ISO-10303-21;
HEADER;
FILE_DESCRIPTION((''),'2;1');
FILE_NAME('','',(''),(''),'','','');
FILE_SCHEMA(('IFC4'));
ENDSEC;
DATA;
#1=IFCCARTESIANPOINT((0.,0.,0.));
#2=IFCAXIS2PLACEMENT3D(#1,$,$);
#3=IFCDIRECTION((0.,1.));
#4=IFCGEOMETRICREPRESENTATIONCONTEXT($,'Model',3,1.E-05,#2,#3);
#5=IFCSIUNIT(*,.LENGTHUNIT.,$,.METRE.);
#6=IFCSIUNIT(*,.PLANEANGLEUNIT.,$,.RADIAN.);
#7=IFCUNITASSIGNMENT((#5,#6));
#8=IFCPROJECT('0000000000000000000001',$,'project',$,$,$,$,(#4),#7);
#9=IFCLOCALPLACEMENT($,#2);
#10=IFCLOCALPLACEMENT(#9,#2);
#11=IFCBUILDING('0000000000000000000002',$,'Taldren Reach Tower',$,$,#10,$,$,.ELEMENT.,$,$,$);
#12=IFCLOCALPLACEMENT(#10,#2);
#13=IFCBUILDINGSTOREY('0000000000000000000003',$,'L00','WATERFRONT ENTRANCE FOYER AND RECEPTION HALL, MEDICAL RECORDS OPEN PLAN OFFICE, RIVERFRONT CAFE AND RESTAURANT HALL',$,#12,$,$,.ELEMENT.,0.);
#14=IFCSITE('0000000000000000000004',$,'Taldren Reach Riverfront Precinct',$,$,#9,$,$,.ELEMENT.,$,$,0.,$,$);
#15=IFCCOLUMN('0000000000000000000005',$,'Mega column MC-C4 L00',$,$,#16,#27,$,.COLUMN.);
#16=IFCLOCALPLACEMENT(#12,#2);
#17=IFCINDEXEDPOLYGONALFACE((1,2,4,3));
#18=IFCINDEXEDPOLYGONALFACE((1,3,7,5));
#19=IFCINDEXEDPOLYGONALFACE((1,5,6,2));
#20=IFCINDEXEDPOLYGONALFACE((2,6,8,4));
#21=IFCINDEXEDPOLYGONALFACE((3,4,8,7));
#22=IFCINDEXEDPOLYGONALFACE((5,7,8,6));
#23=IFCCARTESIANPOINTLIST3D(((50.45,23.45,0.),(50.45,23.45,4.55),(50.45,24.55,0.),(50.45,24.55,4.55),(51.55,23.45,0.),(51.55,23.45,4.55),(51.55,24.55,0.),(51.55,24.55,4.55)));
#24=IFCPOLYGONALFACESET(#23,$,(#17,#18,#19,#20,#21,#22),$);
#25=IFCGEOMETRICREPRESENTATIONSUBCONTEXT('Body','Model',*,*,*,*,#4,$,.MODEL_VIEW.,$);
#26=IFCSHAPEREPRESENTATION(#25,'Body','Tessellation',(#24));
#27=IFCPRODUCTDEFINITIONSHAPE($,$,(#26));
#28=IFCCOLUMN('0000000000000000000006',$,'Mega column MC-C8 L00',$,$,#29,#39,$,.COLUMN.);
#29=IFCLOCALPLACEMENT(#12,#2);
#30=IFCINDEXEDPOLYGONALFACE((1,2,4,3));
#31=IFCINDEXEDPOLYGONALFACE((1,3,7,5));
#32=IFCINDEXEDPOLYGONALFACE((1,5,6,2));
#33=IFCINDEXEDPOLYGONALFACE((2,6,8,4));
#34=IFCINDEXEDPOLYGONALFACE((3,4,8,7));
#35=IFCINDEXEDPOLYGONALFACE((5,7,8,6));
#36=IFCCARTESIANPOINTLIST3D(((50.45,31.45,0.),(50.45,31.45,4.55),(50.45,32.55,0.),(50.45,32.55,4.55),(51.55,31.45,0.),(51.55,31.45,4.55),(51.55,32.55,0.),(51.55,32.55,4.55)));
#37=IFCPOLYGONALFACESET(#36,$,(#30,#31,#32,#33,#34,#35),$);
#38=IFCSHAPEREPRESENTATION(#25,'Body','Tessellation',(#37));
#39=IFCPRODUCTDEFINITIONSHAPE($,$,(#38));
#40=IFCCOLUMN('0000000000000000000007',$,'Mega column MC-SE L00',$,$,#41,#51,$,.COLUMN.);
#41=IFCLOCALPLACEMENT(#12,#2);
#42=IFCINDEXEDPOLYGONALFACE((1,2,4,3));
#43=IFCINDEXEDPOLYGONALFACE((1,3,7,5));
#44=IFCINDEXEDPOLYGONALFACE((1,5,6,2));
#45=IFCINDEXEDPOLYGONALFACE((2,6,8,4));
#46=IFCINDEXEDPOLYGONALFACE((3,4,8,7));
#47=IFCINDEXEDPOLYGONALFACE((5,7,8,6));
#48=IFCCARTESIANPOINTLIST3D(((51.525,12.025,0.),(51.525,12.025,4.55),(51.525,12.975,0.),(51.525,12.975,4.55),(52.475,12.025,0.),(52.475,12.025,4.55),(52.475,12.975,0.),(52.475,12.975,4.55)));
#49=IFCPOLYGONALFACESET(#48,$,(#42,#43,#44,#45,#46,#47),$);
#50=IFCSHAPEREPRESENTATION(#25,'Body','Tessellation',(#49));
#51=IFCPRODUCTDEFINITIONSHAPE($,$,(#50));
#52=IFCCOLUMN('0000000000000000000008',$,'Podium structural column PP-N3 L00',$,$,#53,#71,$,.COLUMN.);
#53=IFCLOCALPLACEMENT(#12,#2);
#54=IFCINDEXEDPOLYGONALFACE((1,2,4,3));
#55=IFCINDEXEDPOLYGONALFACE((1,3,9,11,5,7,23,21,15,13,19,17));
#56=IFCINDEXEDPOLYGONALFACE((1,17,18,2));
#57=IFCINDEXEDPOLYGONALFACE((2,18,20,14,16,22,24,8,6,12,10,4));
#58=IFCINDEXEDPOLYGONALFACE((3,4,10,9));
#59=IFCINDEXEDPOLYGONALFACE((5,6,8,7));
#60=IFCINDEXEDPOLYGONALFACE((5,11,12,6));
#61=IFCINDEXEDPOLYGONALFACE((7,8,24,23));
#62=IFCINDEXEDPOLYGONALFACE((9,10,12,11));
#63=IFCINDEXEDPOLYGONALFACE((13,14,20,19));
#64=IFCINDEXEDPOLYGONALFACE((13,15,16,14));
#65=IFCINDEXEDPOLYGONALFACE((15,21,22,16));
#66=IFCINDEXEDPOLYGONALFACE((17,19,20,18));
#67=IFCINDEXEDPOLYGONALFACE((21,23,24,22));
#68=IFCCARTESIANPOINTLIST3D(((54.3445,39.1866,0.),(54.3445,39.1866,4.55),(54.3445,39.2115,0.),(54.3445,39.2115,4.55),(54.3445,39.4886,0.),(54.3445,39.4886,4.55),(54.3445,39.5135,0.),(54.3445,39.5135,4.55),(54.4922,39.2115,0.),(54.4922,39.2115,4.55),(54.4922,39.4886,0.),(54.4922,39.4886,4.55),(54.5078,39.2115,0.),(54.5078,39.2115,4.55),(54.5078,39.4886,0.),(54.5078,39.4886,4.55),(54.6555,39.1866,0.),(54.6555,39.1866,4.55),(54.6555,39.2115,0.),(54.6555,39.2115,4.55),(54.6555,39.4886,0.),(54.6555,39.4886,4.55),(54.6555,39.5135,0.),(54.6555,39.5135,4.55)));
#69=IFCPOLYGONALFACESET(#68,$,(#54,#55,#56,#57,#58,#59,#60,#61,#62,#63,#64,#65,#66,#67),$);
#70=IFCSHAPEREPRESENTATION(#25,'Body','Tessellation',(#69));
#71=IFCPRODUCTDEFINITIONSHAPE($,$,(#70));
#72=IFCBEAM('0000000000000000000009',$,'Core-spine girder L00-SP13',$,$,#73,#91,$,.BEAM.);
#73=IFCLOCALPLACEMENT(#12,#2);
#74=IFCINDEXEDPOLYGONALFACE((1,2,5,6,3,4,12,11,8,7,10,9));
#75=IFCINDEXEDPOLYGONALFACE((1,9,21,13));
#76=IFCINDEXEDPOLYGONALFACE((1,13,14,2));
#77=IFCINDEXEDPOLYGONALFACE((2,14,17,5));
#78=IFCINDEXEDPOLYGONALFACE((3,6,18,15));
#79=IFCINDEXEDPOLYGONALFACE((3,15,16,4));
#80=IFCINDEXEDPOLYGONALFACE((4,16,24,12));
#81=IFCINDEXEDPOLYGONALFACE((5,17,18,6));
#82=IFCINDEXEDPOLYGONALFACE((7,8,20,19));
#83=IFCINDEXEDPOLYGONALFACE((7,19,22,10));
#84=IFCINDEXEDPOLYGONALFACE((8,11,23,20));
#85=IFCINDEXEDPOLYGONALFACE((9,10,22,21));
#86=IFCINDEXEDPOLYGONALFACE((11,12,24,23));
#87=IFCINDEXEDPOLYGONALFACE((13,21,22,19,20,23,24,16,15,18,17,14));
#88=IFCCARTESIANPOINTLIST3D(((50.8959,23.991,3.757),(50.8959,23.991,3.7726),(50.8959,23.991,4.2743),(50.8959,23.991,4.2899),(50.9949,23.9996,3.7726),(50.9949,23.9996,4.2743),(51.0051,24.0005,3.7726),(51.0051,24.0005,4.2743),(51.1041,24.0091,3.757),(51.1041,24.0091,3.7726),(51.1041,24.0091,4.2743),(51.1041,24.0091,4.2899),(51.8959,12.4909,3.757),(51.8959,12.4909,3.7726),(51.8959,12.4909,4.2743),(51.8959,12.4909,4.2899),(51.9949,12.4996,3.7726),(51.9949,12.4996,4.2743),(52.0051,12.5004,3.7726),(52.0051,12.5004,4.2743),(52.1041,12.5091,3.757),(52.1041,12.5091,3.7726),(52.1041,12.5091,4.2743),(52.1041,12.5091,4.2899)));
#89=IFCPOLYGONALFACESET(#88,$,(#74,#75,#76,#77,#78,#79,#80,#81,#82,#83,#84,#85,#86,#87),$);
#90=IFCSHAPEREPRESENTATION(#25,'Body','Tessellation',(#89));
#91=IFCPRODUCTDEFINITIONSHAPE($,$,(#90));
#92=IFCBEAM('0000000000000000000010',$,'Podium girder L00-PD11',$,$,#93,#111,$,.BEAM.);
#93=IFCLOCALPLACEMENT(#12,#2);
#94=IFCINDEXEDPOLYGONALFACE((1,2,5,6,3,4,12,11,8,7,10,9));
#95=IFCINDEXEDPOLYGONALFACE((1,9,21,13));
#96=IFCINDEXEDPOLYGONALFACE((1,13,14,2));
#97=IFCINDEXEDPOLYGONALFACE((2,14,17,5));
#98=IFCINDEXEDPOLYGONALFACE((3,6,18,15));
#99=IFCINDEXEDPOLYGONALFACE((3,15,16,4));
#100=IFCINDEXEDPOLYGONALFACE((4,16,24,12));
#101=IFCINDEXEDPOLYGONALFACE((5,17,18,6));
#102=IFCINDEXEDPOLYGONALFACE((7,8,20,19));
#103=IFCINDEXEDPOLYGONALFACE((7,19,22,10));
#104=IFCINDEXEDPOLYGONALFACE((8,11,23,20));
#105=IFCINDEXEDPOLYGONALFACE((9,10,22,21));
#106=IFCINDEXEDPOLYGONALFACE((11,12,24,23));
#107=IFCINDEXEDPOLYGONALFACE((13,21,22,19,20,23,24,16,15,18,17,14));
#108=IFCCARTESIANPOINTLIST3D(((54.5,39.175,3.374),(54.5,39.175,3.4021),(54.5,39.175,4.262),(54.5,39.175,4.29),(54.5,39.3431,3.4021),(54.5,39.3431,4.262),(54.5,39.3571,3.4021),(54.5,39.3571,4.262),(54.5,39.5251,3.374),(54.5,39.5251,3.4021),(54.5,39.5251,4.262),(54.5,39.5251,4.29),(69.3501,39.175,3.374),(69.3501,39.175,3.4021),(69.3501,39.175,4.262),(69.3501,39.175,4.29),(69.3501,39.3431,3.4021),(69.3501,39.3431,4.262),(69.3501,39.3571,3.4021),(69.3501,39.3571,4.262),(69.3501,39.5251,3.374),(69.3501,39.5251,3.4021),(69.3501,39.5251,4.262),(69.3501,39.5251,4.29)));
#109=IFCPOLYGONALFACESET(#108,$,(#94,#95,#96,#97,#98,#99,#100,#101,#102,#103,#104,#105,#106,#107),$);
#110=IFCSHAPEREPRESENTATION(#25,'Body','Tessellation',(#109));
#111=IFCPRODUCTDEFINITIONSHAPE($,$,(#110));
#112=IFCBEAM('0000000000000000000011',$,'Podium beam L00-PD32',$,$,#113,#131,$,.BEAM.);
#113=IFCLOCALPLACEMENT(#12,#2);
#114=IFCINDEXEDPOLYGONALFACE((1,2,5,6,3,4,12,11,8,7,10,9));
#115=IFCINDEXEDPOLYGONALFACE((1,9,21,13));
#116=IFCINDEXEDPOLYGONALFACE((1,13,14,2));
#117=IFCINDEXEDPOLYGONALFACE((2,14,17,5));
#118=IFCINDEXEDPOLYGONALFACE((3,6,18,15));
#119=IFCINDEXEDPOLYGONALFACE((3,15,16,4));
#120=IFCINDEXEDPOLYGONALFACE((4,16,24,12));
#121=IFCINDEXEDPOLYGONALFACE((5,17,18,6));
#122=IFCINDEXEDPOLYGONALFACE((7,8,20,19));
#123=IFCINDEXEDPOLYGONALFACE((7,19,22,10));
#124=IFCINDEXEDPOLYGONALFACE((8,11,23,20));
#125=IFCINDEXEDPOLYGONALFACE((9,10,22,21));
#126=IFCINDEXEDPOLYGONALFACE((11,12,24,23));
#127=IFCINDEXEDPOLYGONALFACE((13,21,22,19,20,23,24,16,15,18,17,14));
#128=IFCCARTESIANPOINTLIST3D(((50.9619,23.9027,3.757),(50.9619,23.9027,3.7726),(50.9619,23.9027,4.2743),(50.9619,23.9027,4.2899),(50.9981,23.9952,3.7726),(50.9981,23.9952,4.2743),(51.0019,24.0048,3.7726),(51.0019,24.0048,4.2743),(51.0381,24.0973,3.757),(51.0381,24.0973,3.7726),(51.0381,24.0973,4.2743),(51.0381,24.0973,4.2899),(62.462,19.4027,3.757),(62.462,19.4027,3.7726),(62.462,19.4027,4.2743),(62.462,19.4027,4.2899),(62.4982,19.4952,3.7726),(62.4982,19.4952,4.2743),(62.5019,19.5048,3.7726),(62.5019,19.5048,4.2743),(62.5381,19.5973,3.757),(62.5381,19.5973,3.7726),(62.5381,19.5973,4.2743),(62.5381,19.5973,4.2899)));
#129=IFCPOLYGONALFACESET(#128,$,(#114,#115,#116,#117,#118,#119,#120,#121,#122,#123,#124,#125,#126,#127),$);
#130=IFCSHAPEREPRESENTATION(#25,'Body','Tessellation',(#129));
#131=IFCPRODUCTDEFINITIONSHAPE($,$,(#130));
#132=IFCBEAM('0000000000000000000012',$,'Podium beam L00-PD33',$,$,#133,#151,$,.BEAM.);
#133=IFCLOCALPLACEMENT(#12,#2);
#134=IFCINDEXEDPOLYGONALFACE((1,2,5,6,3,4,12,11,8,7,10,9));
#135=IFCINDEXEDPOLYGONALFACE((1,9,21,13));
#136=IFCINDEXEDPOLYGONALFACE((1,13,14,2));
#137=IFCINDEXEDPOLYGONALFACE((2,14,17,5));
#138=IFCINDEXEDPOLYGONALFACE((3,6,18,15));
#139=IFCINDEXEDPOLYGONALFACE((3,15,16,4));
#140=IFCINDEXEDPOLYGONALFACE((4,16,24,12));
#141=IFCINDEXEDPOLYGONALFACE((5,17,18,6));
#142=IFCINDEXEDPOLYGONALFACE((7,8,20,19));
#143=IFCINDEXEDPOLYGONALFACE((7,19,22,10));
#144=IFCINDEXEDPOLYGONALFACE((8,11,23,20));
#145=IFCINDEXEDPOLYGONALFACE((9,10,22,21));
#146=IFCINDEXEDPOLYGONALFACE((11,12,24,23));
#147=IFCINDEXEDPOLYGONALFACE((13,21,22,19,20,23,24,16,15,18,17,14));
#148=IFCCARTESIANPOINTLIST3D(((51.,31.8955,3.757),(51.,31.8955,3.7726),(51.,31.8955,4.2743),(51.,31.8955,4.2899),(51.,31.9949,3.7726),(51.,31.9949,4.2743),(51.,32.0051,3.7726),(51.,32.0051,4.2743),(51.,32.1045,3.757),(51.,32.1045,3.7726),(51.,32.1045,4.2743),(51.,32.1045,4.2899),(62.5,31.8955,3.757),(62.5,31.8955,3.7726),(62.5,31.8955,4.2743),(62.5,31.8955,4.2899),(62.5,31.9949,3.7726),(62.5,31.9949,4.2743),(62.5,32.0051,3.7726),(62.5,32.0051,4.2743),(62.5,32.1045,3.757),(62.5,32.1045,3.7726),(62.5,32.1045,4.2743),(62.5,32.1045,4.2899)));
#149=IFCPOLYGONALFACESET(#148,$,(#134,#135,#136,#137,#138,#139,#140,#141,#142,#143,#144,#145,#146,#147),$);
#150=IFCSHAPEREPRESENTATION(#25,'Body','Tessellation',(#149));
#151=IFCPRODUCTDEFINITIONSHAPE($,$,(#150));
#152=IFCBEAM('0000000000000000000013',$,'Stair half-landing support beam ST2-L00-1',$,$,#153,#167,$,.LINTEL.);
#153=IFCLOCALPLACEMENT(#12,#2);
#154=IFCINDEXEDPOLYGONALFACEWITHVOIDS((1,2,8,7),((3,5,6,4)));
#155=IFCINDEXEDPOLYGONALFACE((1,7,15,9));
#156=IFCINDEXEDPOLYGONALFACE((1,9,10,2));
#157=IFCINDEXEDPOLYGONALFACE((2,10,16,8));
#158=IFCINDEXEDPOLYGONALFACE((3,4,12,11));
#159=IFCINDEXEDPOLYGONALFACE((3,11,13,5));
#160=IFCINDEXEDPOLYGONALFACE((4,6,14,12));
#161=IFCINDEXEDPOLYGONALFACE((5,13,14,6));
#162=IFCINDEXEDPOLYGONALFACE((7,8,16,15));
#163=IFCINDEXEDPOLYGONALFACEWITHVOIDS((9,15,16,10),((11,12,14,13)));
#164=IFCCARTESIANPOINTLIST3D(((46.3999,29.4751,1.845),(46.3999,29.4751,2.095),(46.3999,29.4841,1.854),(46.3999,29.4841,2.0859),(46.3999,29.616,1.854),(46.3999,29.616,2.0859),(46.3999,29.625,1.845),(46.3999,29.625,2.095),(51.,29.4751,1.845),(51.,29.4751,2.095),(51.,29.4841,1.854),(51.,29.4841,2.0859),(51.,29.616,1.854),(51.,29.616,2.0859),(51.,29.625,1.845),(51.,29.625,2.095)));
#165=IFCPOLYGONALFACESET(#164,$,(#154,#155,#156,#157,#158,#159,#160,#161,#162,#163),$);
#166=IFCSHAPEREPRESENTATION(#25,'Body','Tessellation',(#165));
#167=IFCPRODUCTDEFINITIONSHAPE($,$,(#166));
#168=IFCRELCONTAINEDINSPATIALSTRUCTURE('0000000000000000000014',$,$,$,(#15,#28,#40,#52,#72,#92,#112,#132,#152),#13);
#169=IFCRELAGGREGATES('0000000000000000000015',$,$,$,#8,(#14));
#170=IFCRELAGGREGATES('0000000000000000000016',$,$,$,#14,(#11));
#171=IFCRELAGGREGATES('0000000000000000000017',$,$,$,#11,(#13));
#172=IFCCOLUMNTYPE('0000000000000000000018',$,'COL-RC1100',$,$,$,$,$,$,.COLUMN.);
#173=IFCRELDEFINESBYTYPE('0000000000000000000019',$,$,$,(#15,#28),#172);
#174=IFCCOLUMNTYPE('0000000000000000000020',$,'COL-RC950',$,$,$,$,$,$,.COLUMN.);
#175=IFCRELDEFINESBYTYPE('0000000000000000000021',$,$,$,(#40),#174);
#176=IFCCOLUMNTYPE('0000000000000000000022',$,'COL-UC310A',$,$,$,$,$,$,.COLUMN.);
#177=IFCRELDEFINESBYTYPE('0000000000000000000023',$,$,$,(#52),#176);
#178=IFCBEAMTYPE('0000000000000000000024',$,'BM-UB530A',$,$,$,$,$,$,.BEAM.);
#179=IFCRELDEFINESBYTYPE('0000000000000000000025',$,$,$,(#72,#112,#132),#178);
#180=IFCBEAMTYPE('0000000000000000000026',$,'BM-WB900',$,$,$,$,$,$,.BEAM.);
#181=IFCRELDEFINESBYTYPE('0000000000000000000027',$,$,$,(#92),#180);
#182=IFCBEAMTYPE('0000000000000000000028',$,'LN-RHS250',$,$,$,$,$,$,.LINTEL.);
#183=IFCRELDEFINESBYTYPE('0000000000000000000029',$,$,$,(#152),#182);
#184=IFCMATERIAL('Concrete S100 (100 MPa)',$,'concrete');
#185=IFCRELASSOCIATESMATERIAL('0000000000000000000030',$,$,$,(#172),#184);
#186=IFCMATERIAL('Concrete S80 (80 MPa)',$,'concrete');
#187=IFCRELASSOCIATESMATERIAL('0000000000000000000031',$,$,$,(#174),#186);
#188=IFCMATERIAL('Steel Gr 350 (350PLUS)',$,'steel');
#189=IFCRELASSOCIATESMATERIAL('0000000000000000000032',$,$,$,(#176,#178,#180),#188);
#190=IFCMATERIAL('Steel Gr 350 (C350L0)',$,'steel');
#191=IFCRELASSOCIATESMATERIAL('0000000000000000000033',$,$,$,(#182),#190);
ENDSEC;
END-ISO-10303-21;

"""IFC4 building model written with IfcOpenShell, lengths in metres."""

from ifc_helpers import new_model, si_unit, direction, frame, origin, origin_2d, place, context, subcontext, project, spatial, rectangle, hollow_rectangle, i_section, extrude, source, transform, mapped, material, material_profile, profile_set, type_object, element, save


model = new_model("IFC4")

# Units and contexts
model_context = context("Model", 3, precision=1e-05, world=origin(), true_north=direction((0.0, 1.0)))
body_context = subcontext(model_context, "Body", "Model", "MODEL_VIEW")
ifc_project = project(units=[si_unit("LENGTHUNIT", "METRE"), si_unit("PLANEANGLEUNIT", "RADIAN")], contexts=[model_context])

# Site, building, storey
site_placement = place(None, origin())
site = spatial("IfcSite", under=ifc_project, at=site_placement, Name="Taldren Reach Riverfront Precinct", CompositionType="ELEMENT", RefElevation=0.0)
building_placement = place(site_placement, origin())
building = spatial("IfcBuilding", under=site, at=building_placement, Name="Taldren Reach Tower", CompositionType="ELEMENT")
storey_placement = place(building_placement, origin())
storey = spatial("IfcBuildingStorey", under=building, at=storey_placement, Name="L00", Description="WATERFRONT ENTRANCE FOYER AND RECEPTION HALL, MEDICAL RECORDS OPEN PLAN OFFICE, RIVERFRONT CAFE AND RESTAURANT HALL", CompositionType="ELEMENT", Elevation=0.0)

# Columns
ifc_material_1 = material(Name="Concrete S100 (100 MPa)", Category="concrete")
ifc_material_profile_1 = material_profile(ifc_material_1, rectangle(XDim=1.1001, YDim=1.1001, at=origin_2d()), Name="RC-1100x1100")
ifc_profile_set_1 = profile_set([ifc_material_profile_1], Name="Concrete S100 (100 MPa)")
column_type_1 = type_object("IfcColumnType", Name="COL-RC1100", PredefinedType="COLUMN", material=ifc_profile_set_1)
shared_shape_1 = source(origin(), body_context, "Body", "SweptSolid", [
    extrude(rectangle(XDim=1.1001, YDim=1.1001, at=origin_2d()), origin(), (0.0, 0.0, 1.0), 4.55),
])
for number, where, z_axis, x_axis, name in (
    (1, (51.0, 24.0, 0.0), (0.0, 0.0, 1.0), (1.0, 0.0, 0.0), "Mega column MC-C4 L00"),
    (2, (51.0, 32.0, 0.0), (0.0, 0.0, 1.0), (1.0, 0.0, 0.0), "Mega column MC-C8 L00"),
):
    element("IfcColumn", number, at=place(storey_placement, frame(where, z_axis=z_axis, x_axis=x_axis)), inside=storey, type_object=column_type_1, Name=name, PredefinedType="COLUMN", context=body_context, shape_type="MappedRepresentation", body=[
        mapped(shared_shape_1, transform((0.0, 0.0, 0.0), scale=1.0)),
    ])
ifc_material_2 = material(Name="Concrete S80 (80 MPa)", Category="concrete")
ifc_material_profile_2 = material_profile(ifc_material_2, rectangle(XDim=0.95, YDim=0.95, at=origin_2d()), Name="RC-950x950")
ifc_profile_set_2 = profile_set([ifc_material_profile_2], Name="Concrete S80 (80 MPa)")
column_type_2 = type_object("IfcColumnType", Name="COL-RC950", PredefinedType="COLUMN", material=ifc_profile_set_2)
shared_shape_2 = source(origin(), body_context, "Body", "SweptSolid", [
    extrude(rectangle(XDim=0.95, YDim=0.95, at=origin_2d()), origin(), (0.0, 0.0, 1.0), 4.55),
])
column_1_placement = place(storey_placement, frame((52.0, 12.5, 0.0), z_axis=(0.0, 0.0, 1.0), x_axis=(1.0, 0.0, 0.0)))
element("IfcColumn", 3, at=column_1_placement, inside=storey, type_object=column_type_2, Name="Mega column MC-SE L00", PredefinedType="COLUMN", context=body_context, shape_type="MappedRepresentation", body=[
    mapped(shared_shape_2, transform((0.0, 0.0, 0.0), scale=1.0)),
])
ifc_material_3 = material(Name="Steel Gr 350 (350PLUS)", Category="steel")
ifc_material_profile_3 = material_profile(ifc_material_3, i_section(OverallWidth=0.311, OverallDepth=0.3269, WebThickness=0.0156, FlangeThickness=0.0249, at=origin_2d()), Name="310UC158")
ifc_profile_set_3 = profile_set([ifc_material_profile_3], Name="Steel Gr 350 (350PLUS)")
column_type_3 = type_object("IfcColumnType", Name="COL-UC310A", PredefinedType="COLUMN", material=ifc_profile_set_3)
shared_shape_3 = source(origin(), body_context, "Body", "SweptSolid", [
    extrude(i_section(OverallWidth=0.311, OverallDepth=0.3269, WebThickness=0.0156, FlangeThickness=0.0249, at=origin_2d()), origin(), (0.0, 0.0, 1.0), 4.55),
])
column_2_placement = place(storey_placement, frame((54.5, 39.3501, 0.0), z_axis=(0.0, 0.0, 1.0), x_axis=(1.0, 0.0, 0.0)))
element("IfcColumn", 4, at=column_2_placement, inside=storey, type_object=column_type_3, Name="Podium structural column PP-N3 L00", PredefinedType="COLUMN", context=body_context, shape_type="MappedRepresentation", body=[
    mapped(shared_shape_3, transform((0.0, 0.0, 0.0), scale=1.0)),
])

# Beams
ifc_material_profile_4 = material_profile(ifc_material_3, i_section(OverallWidth=0.209, OverallDepth=0.533, WebThickness=0.0103, FlangeThickness=0.0156, at=origin_2d()), Name="530UB92.4")
ifc_profile_set_4 = profile_set([ifc_material_profile_4], Name="Steel Gr 350 (350PLUS)")
beam_type_1 = type_object("IfcBeamType", Name="BM-UB530A", PredefinedType="BEAM", material=ifc_profile_set_4)
shared_shape_4 = source(origin(), body_context, "Body", "SweptSolid", [
    extrude(i_section(OverallWidth=0.209, OverallDepth=0.533, WebThickness=0.0103, FlangeThickness=0.0156, at=origin_2d()), origin(), (0.0, 0.0, 1.0), 11.5435),
])
beam_1_placement = place(storey_placement, frame((52.0, 12.5, 4.0234), z_axis=(-0.08663, 0.996241, 0.0), x_axis=(-0.996241, -0.08663, 0.0)))
element("IfcBeam", 5, at=beam_1_placement, inside=storey, type_object=beam_type_1, Name="Core-spine girder L00-SP13", PredefinedType="BEAM", context=body_context, shape_type="MappedRepresentation", body=[
    mapped(shared_shape_4, transform((0.0, 0.0, 0.0), scale=1.0)),
])
ifc_material_profile_5 = material_profile(ifc_material_3, i_section(OverallWidth=0.3501, OverallDepth=0.916, WebThickness=0.0139, FlangeThickness=0.0281, at=origin_2d()), Name="900WB257")
ifc_profile_set_5 = profile_set([ifc_material_profile_5], Name="Steel Gr 350 (350PLUS)")
beam_type_2 = type_object("IfcBeamType", Name="BM-WB900", PredefinedType="BEAM", material=ifc_profile_set_5)
shared_shape_5 = source(origin(), body_context, "Body", "SweptSolid", [
    extrude(i_section(OverallWidth=0.3501, OverallDepth=0.916, WebThickness=0.0139, FlangeThickness=0.0281, at=origin_2d()), origin(), (0.0, 0.0, 1.0), 14.8501),
])
beam_2_placement = place(storey_placement, frame((54.5, 39.3501, 3.832), z_axis=(1.0, 0.0, 0.0), x_axis=(0.0, 1.0, 0.0)))
element("IfcBeam", 6, at=beam_2_placement, inside=storey, type_object=beam_type_2, Name="Podium girder L00-PD11", PredefinedType="BEAM", context=body_context, shape_type="MappedRepresentation", body=[
    mapped(shared_shape_5, transform((0.0, 0.0, 0.0), scale=1.0)),
])
shared_shape_6 = source(origin(), body_context, "Body", "SweptSolid", [
    extrude(i_section(OverallWidth=0.209, OverallDepth=0.533, WebThickness=0.0103, FlangeThickness=0.0156, at=origin_2d()), origin(), (0.0, 0.0, 1.0), 12.3491),
])
beam_3_placement = place(storey_placement, frame((51.0, 24.0, 4.0234), z_axis=(0.931243, -0.364399, 0.0), x_axis=(0.364399, 0.931243, 0.0)))
element("IfcBeam", 7, at=beam_3_placement, inside=storey, type_object=beam_type_1, Name="Podium beam L00-PD32", PredefinedType="BEAM", context=body_context, shape_type="MappedRepresentation", body=[
    mapped(shared_shape_6, transform((0.0, 0.0, 0.0), scale=1.0)),
])
shared_shape_7 = source(origin(), body_context, "Body", "SweptSolid", [
    extrude(i_section(OverallWidth=0.209, OverallDepth=0.533, WebThickness=0.0103, FlangeThickness=0.0156, at=origin_2d()), origin(), (0.0, 0.0, 1.0), 11.5),
])
beam_4_placement = place(storey_placement, frame((51.0, 32.0, 4.0234), z_axis=(1.0, 0.0, 0.0), x_axis=(0.0, 1.0, 0.0)))
element("IfcBeam", 8, at=beam_4_placement, inside=storey, type_object=beam_type_1, Name="Podium beam L00-PD33", PredefinedType="BEAM", context=body_context, shape_type="MappedRepresentation", body=[
    mapped(shared_shape_7, transform((0.0, 0.0, 0.0), scale=1.0)),
])
ifc_material_4 = material(Name="Steel Gr 350 (C350L0)", Category="steel")
ifc_material_profile_6 = material_profile(ifc_material_4, hollow_rectangle(XDim=0.1499, YDim=0.25, WallThickness=0.009, at=origin_2d()), Name="250x150x9.0RHS")
ifc_profile_set_6 = profile_set([ifc_material_profile_6], Name="Steel Gr 350 (C350L0)")
beam_type_3 = type_object("IfcBeamType", Name="LN-RHS250", PredefinedType="LINTEL", material=ifc_profile_set_6)
shared_shape_8 = source(origin(), body_context, "Body", "SweptSolid", [
    extrude(hollow_rectangle(XDim=0.1499, YDim=0.25, WallThickness=0.009, at=origin_2d()), origin(), (0.0, 0.0, 1.0), 4.6001),
])
for number, where, z_axis, x_axis, name in (
    (9, (46.3999, 29.55, 1.97), (1.0, 0.0, 0.0), (0.0, 1.0, 0.0), "Stair half-landing support beam ST2-L00-1"),
):
    element("IfcBeam", number, at=place(storey_placement, frame(where, z_axis=z_axis, x_axis=x_axis)), inside=storey, type_object=beam_type_3, Name=name, PredefinedType="LINTEL", context=body_context, shape_type="MappedRepresentation", body=[
        mapped(shared_shape_8, transform((0.0, 0.0, 0.0), scale=1.0)),
    ])

save(model, "model.ifc")
